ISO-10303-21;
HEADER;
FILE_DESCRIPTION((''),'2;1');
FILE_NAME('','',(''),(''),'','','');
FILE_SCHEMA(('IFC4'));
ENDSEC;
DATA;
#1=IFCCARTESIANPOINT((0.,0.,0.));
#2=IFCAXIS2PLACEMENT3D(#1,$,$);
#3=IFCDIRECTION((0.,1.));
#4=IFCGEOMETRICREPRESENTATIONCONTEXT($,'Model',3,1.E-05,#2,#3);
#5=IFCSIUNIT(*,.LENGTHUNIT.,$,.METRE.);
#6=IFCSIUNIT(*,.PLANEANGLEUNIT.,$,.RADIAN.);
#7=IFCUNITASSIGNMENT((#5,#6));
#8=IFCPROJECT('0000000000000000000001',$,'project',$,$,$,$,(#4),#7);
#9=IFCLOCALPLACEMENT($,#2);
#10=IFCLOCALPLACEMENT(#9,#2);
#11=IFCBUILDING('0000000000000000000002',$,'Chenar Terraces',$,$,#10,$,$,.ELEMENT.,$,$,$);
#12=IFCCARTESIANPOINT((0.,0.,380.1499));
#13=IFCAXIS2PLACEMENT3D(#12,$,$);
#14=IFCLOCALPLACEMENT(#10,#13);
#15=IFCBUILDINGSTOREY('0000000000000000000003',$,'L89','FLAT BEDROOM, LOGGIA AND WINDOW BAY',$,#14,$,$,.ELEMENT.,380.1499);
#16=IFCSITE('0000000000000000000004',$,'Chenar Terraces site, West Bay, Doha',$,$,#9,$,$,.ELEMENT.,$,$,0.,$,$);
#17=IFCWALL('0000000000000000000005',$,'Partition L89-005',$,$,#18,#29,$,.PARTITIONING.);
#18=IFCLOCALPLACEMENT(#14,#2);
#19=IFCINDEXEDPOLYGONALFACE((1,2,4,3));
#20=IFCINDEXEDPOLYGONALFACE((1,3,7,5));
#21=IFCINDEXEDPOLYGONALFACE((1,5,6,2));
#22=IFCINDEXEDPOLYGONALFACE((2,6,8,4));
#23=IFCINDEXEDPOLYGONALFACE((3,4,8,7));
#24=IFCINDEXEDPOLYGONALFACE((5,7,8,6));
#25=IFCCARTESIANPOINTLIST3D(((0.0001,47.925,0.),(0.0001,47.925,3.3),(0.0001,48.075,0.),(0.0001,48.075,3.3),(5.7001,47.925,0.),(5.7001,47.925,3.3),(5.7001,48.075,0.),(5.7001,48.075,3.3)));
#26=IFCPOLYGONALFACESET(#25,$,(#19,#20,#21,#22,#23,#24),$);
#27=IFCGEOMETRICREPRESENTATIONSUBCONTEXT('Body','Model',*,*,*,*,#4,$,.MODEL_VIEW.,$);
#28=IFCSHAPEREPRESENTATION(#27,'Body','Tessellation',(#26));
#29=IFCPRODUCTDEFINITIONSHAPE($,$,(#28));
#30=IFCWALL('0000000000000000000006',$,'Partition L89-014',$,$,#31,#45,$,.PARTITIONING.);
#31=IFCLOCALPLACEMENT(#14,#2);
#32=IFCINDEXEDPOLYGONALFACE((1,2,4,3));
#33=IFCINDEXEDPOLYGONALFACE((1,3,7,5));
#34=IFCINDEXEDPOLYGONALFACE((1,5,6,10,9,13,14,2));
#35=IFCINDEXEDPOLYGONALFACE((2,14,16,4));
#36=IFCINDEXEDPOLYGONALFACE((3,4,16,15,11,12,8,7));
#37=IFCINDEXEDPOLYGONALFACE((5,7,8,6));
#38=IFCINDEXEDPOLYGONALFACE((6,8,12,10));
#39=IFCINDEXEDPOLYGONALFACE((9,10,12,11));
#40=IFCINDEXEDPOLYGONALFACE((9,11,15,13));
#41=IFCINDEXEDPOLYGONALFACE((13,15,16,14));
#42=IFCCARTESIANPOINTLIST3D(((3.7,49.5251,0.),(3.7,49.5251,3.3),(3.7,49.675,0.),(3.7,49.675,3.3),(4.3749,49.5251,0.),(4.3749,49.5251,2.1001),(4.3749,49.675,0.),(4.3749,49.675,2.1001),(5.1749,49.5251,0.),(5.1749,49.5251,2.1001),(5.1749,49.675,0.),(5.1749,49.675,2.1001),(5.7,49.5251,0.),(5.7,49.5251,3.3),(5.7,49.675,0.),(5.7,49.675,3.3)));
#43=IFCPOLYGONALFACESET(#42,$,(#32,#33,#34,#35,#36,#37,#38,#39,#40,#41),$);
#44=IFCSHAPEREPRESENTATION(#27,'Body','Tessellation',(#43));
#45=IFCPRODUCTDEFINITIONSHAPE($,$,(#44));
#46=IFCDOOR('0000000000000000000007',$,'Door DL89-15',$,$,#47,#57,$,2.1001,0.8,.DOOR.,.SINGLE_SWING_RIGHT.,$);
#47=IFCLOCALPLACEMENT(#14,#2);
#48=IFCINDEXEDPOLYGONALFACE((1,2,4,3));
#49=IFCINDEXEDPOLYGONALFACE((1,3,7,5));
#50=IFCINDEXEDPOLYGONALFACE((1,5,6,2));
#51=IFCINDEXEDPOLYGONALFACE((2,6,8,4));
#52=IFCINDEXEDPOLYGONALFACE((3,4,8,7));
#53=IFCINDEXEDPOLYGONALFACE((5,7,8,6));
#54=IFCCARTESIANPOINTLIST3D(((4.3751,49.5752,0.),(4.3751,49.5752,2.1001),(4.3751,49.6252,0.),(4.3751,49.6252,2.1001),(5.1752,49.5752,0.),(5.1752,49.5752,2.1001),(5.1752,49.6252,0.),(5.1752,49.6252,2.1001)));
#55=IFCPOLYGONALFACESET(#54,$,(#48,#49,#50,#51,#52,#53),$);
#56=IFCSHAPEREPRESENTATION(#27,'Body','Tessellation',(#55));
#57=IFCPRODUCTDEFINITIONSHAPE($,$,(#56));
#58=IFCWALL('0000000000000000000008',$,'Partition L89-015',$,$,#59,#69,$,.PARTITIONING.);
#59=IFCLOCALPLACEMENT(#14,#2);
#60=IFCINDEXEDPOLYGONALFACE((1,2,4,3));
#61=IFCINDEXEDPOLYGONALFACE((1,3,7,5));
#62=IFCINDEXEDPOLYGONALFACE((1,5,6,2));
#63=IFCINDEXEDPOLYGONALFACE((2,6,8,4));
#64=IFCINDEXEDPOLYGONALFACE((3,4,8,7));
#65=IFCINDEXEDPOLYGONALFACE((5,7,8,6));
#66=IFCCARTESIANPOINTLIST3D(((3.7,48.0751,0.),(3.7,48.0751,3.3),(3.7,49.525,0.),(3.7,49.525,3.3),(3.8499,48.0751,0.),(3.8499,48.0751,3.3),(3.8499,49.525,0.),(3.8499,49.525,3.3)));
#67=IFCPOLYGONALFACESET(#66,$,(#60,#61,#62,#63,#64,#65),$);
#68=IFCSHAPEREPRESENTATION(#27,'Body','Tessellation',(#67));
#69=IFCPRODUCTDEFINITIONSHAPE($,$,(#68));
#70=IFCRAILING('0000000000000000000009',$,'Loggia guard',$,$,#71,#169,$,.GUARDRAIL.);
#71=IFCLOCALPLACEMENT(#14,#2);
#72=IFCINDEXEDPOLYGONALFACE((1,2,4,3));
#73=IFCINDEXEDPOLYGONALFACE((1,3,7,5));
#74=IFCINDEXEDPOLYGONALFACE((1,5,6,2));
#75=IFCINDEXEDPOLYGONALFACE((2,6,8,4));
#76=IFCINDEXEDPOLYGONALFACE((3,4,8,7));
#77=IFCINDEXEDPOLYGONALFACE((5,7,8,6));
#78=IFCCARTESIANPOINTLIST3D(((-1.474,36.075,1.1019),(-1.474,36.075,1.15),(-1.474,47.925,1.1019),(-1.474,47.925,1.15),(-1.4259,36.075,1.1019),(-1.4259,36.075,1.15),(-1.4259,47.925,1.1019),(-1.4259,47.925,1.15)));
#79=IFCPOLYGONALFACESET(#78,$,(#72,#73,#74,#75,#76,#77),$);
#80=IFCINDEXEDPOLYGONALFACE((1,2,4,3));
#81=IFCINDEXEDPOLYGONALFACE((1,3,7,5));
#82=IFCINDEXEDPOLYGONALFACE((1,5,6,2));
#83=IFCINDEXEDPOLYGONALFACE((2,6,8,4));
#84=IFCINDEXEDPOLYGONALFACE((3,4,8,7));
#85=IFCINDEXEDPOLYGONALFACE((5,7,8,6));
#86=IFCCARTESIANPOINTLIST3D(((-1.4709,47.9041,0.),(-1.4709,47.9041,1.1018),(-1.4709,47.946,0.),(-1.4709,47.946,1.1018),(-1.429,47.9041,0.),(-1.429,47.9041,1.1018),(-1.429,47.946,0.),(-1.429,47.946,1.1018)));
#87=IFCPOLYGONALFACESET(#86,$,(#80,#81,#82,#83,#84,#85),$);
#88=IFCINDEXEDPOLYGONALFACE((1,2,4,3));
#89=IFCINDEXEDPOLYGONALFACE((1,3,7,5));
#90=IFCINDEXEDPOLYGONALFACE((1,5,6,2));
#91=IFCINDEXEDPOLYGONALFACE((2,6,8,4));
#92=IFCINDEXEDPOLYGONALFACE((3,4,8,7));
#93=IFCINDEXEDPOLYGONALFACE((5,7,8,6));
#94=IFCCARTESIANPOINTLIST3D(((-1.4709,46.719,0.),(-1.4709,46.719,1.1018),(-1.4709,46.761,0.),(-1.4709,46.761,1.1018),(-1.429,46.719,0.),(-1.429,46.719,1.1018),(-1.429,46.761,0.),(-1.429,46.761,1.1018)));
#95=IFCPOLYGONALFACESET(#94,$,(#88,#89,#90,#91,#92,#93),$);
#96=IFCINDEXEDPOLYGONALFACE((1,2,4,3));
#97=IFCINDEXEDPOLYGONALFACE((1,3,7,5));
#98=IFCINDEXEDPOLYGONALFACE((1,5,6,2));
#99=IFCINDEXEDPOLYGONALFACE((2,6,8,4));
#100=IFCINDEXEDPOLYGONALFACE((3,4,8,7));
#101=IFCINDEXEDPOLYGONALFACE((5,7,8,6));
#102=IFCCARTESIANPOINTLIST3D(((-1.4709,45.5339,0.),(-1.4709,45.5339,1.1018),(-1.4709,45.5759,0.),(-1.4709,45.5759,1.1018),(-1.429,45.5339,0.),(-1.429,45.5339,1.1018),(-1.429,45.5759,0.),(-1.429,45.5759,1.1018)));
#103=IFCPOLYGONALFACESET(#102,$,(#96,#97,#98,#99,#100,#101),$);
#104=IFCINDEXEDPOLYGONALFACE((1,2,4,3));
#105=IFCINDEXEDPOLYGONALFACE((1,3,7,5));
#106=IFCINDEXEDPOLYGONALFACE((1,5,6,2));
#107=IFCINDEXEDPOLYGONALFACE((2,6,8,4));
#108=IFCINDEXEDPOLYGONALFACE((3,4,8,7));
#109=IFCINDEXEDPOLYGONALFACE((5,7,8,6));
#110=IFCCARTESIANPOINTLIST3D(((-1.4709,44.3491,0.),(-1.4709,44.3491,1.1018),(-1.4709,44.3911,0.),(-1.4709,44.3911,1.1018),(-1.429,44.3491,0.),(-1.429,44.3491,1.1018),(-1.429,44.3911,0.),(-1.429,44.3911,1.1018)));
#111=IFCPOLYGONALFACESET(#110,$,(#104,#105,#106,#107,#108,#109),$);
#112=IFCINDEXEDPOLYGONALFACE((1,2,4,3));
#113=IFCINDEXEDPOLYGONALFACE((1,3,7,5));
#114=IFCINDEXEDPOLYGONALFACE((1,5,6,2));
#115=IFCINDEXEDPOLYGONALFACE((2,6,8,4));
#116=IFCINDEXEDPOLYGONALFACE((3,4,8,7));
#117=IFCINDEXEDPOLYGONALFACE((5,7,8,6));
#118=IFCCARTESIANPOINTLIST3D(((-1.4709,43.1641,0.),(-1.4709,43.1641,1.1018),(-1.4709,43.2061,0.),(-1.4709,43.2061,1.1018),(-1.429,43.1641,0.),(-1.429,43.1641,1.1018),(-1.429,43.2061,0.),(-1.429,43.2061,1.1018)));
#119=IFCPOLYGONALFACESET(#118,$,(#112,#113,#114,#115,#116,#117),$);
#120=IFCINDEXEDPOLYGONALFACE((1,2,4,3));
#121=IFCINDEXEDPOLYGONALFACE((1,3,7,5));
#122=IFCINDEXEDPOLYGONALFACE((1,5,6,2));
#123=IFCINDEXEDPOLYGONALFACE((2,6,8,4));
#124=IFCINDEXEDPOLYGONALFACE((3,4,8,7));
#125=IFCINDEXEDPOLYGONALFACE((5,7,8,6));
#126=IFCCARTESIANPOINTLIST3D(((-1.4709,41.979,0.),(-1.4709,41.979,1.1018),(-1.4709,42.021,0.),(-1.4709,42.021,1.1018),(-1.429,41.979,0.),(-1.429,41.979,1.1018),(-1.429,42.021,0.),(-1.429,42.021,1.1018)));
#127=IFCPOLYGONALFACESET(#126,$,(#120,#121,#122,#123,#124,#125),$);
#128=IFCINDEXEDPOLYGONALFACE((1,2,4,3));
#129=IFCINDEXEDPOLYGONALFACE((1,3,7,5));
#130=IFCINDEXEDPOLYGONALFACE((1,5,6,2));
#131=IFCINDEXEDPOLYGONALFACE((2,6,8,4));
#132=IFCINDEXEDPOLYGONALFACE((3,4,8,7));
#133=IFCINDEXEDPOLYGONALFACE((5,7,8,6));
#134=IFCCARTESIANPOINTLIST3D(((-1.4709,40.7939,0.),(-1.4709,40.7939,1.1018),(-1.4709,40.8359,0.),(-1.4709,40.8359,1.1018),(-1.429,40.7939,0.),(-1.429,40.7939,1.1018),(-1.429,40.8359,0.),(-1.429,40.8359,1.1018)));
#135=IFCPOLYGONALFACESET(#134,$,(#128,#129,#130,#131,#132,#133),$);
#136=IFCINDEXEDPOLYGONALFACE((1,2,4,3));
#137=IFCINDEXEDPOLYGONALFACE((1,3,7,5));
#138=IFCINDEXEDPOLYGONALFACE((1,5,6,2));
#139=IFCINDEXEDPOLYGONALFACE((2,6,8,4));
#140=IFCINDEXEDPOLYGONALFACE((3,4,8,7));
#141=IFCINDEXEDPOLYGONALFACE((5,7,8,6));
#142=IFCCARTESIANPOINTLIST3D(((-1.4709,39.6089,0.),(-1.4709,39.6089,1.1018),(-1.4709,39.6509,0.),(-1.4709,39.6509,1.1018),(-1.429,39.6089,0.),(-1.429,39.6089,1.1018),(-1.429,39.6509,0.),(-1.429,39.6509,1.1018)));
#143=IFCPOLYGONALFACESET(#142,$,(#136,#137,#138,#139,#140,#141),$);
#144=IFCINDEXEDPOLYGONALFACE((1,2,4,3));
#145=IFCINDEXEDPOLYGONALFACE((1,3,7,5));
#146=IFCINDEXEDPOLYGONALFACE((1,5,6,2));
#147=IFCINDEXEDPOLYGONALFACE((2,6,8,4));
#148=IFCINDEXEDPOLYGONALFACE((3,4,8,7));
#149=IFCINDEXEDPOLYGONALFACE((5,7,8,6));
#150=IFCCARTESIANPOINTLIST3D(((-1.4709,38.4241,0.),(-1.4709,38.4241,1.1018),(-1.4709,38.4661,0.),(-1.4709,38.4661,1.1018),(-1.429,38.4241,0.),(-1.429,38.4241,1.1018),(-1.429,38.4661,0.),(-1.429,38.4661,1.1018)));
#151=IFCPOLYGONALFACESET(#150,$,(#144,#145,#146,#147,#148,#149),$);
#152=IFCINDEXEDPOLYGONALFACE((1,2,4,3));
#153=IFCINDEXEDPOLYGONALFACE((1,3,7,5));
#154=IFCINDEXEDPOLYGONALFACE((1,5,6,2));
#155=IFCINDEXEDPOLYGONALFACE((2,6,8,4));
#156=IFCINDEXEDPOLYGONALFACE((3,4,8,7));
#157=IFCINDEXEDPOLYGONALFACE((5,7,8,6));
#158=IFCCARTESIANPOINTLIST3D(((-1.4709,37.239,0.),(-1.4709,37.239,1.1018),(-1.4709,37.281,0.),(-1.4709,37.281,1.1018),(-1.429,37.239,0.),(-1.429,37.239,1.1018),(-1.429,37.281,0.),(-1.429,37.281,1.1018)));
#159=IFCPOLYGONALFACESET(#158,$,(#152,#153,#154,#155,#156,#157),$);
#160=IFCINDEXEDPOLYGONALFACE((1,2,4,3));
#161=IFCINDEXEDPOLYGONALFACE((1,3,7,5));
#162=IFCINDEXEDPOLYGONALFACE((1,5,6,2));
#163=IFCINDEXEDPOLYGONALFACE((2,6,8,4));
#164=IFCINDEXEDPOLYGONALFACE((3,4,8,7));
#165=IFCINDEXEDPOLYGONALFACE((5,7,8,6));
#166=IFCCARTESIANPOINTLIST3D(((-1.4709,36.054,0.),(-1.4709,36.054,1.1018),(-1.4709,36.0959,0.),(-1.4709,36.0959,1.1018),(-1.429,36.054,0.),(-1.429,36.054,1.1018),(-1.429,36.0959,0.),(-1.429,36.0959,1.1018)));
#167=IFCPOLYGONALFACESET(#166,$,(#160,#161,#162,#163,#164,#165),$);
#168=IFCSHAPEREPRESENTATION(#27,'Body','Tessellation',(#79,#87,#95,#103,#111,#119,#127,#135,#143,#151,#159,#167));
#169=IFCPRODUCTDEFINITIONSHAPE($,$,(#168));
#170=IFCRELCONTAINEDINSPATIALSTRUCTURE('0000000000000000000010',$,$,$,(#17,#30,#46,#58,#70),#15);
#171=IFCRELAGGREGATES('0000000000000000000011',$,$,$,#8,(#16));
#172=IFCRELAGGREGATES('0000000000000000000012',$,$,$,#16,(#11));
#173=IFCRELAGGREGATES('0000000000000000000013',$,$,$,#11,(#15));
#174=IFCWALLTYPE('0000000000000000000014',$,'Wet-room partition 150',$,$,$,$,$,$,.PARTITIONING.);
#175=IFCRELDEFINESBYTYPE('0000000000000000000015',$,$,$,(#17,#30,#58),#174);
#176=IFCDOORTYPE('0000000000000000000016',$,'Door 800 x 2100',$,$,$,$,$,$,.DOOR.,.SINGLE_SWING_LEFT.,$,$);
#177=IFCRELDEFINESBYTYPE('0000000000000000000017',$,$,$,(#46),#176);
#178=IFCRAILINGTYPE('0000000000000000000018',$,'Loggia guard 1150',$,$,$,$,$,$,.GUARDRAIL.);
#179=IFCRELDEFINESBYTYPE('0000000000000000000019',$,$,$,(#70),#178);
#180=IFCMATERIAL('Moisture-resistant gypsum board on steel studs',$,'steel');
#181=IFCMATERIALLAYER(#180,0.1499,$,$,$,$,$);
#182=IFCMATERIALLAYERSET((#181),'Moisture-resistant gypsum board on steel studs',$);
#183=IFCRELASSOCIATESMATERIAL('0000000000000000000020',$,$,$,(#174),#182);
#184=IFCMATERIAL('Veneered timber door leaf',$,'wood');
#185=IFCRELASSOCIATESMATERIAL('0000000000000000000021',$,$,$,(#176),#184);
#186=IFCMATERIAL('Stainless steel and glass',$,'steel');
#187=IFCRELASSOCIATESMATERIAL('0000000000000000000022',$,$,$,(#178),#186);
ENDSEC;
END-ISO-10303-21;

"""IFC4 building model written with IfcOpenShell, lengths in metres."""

from ifc_helpers import new_model, si_unit, direction, frame, frame_2d, origin, origin_2d, place, context, subcontext, project, spatial, rectangle, extrude, material, layer, layer_set, type_object, element, fill, save


model = new_model("IFC4")

# Units and contexts
model_context = context("Model", 3, precision=1e-05, world=origin(), true_north=direction((0.0, 1.0)))
body_context = subcontext(model_context, "Body", "Model", "MODEL_VIEW")
ifc_project = project(units=[si_unit("LENGTHUNIT", "METRE"), si_unit("PLANEANGLEUNIT", "RADIAN")], contexts=[model_context])

# Site, building, storey
site_placement = place(None, origin())
site = spatial("IfcSite", under=ifc_project, at=site_placement, Name="Chenar Terraces site, West Bay, Doha", CompositionType="ELEMENT", RefElevation=0.0)
building_placement = place(site_placement, origin())
building = spatial("IfcBuilding", under=site, at=building_placement, Name="Chenar Terraces", CompositionType="ELEMENT")
storey_placement = place(building_placement, frame((0.0, 0.0, 380.1499)))
storey = spatial("IfcBuildingStorey", under=building, at=storey_placement, Name="L89", Description="FLAT BEDROOM, LOGGIA AND WINDOW BAY", CompositionType="ELEMENT", Elevation=380.1499)

# Wall
ifc_material_1 = material(Name="Moisture-resistant gypsum board on steel studs", Category="steel")
ifc_layer_1 = layer(ifc_material_1, 0.1499)
ifc_layer_set_1 = layer_set([ifc_layer_1], Name="Moisture-resistant gypsum board on steel studs")
wall_type_1 = type_object("IfcWallType", Name="Wet-room partition 150", PredefinedType="PARTITIONING", material=ifc_layer_set_1)
wall_1_placement = place(storey_placement, frame((0.0, 48.0, 0.0), z_axis=(0.0, 0.0, 1.0), x_axis=(1.0, 0.0, 0.0)))
element("IfcWall", 1, at=wall_1_placement, inside=storey, type_object=wall_type_1, Name="Partition L89-005", PredefinedType="PARTITIONING", context=body_context, shape_type="SweptSolid", body=[
    extrude(rectangle(XDim=5.7, YDim=0.1499, at=frame_2d((2.8501, 0.0))), origin(), (0.0, 0.0, 1.0), 3.3),
])

# Wall, opening, door
wall_2_placement = place(storey_placement, frame((3.7, 49.6001, 0.0), z_axis=(0.0, 0.0, 1.0), x_axis=(1.0, 0.0, 0.0)))
wall_2 = element("IfcWall", 2, at=wall_2_placement, inside=storey, type_object=wall_type_1, Name="Partition L89-014", PredefinedType="PARTITIONING", context=body_context, shape_type="SweptSolid", body=[
    extrude(rectangle(XDim=2.0, YDim=0.1499, at=frame_2d((1.0, 0.0))), origin(), (0.0, 0.0, 1.0), 3.3),
])
opening_1_placement = place(wall_2_placement, frame((0.675, 0.0, 0.0)))
opening_1 = element("IfcOpeningElement", 3, at=opening_1_placement, cuts=wall_2, PredefinedType="OPENING", context=body_context, shape_type="SweptSolid", body=[
    extrude(rectangle(XDim=0.8, YDim=2.1001, at=frame_2d((0.3999, 1.05))), frame((0.0, 0.085, 0.0), z_axis=(0.0, -1.0, 0.0), x_axis=(1.0, 0.0, 0.0)), (0.0, 0.0, 1.0), 0.1699),
])
ifc_material_2 = material(Name="Veneered timber door leaf", Category="wood")
door_type_1 = type_object("IfcDoorType", Name="Door 800 x 2100", OperationType="SINGLE_SWING_LEFT", PredefinedType="DOOR", material=ifc_material_2)
door_1_placement = place(opening_1_placement, frame((0.8, 0.0, 0.0), z_axis=(0.0, 0.0, 1.0), x_axis=(-1.0, 0.0, 0.0)))
door_1 = element("IfcDoor", 4, at=door_1_placement, inside=storey, type_object=door_type_1, Name="Door DL89-15", OperationType="SINGLE_SWING_RIGHT", OverallHeight=2.1001, OverallWidth=0.8, PredefinedType="DOOR", context=body_context, shape_type="SweptSolid", body=[
    extrude(rectangle(XDim=0.8, YDim=2.1001, at=frame_2d((0.3999, 1.05))), frame((0.0, 0.0249, 0.0), z_axis=(0.0, -1.0, 0.0), x_axis=(1.0, 0.0, 0.0)), (0.0, 0.0, 1.0), 0.05),
])
fill(opening_1, door_1)

# Wall
wall_3_placement = place(storey_placement, frame((3.7749, 48.075, 0.0), z_axis=(0.0, 0.0, 1.0), x_axis=(0.0, 1.0, 0.0)))
element("IfcWall", 5, at=wall_3_placement, inside=storey, type_object=wall_type_1, Name="Partition L89-015", PredefinedType="PARTITIONING", context=body_context, shape_type="SweptSolid", body=[
    extrude(rectangle(XDim=1.45, YDim=0.1499, at=frame_2d((0.7251, 0.0))), origin(), (0.0, 0.0, 1.0), 3.3),
])

# Railing
ifc_material_3 = material(Name="Stainless steel and glass", Category="steel")
railing_type = type_object("IfcRailingType", Name="Loggia guard 1150", PredefinedType="GUARDRAIL", material=ifc_material_3)
railing_placement = place(storey_placement, frame((-1.45, 47.925, 0.0)))
element("IfcRailing", 6, at=railing_placement, inside=storey, type_object=railing_type, Name="Loggia guard", PredefinedType="GUARDRAIL", context=body_context, shape_type="SweptSolid", body=[
    extrude(rectangle(XDim=0.0481, YDim=0.0481, at=origin_2d()), frame((0.0, 0.0, 1.126), z_axis=(0.0, -1.0, 0.0), x_axis=(1.0, 0.0, 0.0)), (0.0, 0.0, 1.0), 11.8501),
    extrude(rectangle(XDim=0.042, YDim=0.042, at=origin_2d()), origin(), (0.0, 0.0, 1.0), 1.1018),
    extrude(rectangle(XDim=0.042, YDim=0.042, at=origin_2d()), frame((0.0, -1.1851, 0.0)), (0.0, 0.0, 1.0), 1.1018),
    extrude(rectangle(XDim=0.042, YDim=0.042, at=origin_2d()), frame((0.0, -2.3701, 0.0)), (0.0, 0.0, 1.0), 1.1018),
    extrude(rectangle(XDim=0.042, YDim=0.042, at=origin_2d()), frame((0.0, -3.5549, 0.0)), (0.0, 0.0, 1.0), 1.1018),
    extrude(rectangle(XDim=0.042, YDim=0.042, at=origin_2d()), frame((0.0, -4.74, 0.0)), (0.0, 0.0, 1.0), 1.1018),
    extrude(rectangle(XDim=0.042, YDim=0.042, at=origin_2d()), frame((0.0, -5.925, 0.0)), (0.0, 0.0, 1.0), 1.1018),
    extrude(rectangle(XDim=0.042, YDim=0.042, at=origin_2d()), frame((0.0, -7.1101, 0.0)), (0.0, 0.0, 1.0), 1.1018),
    extrude(rectangle(XDim=0.042, YDim=0.042, at=origin_2d()), frame((0.0, -8.2952, 0.0)), (0.0, 0.0, 1.0), 1.1018),
    extrude(rectangle(XDim=0.042, YDim=0.042, at=origin_2d()), frame((0.0, -9.48, 0.0)), (0.0, 0.0, 1.0), 1.1018),
    extrude(rectangle(XDim=0.042, YDim=0.042, at=origin_2d()), frame((0.0, -10.665, 0.0)), (0.0, 0.0, 1.0), 1.1018),
    extrude(rectangle(XDim=0.042, YDim=0.042, at=origin_2d()), frame((0.0, -11.8501, 0.0)), (0.0, 0.0, 1.0), 1.1018),
])

save(model, "model.ifc")
